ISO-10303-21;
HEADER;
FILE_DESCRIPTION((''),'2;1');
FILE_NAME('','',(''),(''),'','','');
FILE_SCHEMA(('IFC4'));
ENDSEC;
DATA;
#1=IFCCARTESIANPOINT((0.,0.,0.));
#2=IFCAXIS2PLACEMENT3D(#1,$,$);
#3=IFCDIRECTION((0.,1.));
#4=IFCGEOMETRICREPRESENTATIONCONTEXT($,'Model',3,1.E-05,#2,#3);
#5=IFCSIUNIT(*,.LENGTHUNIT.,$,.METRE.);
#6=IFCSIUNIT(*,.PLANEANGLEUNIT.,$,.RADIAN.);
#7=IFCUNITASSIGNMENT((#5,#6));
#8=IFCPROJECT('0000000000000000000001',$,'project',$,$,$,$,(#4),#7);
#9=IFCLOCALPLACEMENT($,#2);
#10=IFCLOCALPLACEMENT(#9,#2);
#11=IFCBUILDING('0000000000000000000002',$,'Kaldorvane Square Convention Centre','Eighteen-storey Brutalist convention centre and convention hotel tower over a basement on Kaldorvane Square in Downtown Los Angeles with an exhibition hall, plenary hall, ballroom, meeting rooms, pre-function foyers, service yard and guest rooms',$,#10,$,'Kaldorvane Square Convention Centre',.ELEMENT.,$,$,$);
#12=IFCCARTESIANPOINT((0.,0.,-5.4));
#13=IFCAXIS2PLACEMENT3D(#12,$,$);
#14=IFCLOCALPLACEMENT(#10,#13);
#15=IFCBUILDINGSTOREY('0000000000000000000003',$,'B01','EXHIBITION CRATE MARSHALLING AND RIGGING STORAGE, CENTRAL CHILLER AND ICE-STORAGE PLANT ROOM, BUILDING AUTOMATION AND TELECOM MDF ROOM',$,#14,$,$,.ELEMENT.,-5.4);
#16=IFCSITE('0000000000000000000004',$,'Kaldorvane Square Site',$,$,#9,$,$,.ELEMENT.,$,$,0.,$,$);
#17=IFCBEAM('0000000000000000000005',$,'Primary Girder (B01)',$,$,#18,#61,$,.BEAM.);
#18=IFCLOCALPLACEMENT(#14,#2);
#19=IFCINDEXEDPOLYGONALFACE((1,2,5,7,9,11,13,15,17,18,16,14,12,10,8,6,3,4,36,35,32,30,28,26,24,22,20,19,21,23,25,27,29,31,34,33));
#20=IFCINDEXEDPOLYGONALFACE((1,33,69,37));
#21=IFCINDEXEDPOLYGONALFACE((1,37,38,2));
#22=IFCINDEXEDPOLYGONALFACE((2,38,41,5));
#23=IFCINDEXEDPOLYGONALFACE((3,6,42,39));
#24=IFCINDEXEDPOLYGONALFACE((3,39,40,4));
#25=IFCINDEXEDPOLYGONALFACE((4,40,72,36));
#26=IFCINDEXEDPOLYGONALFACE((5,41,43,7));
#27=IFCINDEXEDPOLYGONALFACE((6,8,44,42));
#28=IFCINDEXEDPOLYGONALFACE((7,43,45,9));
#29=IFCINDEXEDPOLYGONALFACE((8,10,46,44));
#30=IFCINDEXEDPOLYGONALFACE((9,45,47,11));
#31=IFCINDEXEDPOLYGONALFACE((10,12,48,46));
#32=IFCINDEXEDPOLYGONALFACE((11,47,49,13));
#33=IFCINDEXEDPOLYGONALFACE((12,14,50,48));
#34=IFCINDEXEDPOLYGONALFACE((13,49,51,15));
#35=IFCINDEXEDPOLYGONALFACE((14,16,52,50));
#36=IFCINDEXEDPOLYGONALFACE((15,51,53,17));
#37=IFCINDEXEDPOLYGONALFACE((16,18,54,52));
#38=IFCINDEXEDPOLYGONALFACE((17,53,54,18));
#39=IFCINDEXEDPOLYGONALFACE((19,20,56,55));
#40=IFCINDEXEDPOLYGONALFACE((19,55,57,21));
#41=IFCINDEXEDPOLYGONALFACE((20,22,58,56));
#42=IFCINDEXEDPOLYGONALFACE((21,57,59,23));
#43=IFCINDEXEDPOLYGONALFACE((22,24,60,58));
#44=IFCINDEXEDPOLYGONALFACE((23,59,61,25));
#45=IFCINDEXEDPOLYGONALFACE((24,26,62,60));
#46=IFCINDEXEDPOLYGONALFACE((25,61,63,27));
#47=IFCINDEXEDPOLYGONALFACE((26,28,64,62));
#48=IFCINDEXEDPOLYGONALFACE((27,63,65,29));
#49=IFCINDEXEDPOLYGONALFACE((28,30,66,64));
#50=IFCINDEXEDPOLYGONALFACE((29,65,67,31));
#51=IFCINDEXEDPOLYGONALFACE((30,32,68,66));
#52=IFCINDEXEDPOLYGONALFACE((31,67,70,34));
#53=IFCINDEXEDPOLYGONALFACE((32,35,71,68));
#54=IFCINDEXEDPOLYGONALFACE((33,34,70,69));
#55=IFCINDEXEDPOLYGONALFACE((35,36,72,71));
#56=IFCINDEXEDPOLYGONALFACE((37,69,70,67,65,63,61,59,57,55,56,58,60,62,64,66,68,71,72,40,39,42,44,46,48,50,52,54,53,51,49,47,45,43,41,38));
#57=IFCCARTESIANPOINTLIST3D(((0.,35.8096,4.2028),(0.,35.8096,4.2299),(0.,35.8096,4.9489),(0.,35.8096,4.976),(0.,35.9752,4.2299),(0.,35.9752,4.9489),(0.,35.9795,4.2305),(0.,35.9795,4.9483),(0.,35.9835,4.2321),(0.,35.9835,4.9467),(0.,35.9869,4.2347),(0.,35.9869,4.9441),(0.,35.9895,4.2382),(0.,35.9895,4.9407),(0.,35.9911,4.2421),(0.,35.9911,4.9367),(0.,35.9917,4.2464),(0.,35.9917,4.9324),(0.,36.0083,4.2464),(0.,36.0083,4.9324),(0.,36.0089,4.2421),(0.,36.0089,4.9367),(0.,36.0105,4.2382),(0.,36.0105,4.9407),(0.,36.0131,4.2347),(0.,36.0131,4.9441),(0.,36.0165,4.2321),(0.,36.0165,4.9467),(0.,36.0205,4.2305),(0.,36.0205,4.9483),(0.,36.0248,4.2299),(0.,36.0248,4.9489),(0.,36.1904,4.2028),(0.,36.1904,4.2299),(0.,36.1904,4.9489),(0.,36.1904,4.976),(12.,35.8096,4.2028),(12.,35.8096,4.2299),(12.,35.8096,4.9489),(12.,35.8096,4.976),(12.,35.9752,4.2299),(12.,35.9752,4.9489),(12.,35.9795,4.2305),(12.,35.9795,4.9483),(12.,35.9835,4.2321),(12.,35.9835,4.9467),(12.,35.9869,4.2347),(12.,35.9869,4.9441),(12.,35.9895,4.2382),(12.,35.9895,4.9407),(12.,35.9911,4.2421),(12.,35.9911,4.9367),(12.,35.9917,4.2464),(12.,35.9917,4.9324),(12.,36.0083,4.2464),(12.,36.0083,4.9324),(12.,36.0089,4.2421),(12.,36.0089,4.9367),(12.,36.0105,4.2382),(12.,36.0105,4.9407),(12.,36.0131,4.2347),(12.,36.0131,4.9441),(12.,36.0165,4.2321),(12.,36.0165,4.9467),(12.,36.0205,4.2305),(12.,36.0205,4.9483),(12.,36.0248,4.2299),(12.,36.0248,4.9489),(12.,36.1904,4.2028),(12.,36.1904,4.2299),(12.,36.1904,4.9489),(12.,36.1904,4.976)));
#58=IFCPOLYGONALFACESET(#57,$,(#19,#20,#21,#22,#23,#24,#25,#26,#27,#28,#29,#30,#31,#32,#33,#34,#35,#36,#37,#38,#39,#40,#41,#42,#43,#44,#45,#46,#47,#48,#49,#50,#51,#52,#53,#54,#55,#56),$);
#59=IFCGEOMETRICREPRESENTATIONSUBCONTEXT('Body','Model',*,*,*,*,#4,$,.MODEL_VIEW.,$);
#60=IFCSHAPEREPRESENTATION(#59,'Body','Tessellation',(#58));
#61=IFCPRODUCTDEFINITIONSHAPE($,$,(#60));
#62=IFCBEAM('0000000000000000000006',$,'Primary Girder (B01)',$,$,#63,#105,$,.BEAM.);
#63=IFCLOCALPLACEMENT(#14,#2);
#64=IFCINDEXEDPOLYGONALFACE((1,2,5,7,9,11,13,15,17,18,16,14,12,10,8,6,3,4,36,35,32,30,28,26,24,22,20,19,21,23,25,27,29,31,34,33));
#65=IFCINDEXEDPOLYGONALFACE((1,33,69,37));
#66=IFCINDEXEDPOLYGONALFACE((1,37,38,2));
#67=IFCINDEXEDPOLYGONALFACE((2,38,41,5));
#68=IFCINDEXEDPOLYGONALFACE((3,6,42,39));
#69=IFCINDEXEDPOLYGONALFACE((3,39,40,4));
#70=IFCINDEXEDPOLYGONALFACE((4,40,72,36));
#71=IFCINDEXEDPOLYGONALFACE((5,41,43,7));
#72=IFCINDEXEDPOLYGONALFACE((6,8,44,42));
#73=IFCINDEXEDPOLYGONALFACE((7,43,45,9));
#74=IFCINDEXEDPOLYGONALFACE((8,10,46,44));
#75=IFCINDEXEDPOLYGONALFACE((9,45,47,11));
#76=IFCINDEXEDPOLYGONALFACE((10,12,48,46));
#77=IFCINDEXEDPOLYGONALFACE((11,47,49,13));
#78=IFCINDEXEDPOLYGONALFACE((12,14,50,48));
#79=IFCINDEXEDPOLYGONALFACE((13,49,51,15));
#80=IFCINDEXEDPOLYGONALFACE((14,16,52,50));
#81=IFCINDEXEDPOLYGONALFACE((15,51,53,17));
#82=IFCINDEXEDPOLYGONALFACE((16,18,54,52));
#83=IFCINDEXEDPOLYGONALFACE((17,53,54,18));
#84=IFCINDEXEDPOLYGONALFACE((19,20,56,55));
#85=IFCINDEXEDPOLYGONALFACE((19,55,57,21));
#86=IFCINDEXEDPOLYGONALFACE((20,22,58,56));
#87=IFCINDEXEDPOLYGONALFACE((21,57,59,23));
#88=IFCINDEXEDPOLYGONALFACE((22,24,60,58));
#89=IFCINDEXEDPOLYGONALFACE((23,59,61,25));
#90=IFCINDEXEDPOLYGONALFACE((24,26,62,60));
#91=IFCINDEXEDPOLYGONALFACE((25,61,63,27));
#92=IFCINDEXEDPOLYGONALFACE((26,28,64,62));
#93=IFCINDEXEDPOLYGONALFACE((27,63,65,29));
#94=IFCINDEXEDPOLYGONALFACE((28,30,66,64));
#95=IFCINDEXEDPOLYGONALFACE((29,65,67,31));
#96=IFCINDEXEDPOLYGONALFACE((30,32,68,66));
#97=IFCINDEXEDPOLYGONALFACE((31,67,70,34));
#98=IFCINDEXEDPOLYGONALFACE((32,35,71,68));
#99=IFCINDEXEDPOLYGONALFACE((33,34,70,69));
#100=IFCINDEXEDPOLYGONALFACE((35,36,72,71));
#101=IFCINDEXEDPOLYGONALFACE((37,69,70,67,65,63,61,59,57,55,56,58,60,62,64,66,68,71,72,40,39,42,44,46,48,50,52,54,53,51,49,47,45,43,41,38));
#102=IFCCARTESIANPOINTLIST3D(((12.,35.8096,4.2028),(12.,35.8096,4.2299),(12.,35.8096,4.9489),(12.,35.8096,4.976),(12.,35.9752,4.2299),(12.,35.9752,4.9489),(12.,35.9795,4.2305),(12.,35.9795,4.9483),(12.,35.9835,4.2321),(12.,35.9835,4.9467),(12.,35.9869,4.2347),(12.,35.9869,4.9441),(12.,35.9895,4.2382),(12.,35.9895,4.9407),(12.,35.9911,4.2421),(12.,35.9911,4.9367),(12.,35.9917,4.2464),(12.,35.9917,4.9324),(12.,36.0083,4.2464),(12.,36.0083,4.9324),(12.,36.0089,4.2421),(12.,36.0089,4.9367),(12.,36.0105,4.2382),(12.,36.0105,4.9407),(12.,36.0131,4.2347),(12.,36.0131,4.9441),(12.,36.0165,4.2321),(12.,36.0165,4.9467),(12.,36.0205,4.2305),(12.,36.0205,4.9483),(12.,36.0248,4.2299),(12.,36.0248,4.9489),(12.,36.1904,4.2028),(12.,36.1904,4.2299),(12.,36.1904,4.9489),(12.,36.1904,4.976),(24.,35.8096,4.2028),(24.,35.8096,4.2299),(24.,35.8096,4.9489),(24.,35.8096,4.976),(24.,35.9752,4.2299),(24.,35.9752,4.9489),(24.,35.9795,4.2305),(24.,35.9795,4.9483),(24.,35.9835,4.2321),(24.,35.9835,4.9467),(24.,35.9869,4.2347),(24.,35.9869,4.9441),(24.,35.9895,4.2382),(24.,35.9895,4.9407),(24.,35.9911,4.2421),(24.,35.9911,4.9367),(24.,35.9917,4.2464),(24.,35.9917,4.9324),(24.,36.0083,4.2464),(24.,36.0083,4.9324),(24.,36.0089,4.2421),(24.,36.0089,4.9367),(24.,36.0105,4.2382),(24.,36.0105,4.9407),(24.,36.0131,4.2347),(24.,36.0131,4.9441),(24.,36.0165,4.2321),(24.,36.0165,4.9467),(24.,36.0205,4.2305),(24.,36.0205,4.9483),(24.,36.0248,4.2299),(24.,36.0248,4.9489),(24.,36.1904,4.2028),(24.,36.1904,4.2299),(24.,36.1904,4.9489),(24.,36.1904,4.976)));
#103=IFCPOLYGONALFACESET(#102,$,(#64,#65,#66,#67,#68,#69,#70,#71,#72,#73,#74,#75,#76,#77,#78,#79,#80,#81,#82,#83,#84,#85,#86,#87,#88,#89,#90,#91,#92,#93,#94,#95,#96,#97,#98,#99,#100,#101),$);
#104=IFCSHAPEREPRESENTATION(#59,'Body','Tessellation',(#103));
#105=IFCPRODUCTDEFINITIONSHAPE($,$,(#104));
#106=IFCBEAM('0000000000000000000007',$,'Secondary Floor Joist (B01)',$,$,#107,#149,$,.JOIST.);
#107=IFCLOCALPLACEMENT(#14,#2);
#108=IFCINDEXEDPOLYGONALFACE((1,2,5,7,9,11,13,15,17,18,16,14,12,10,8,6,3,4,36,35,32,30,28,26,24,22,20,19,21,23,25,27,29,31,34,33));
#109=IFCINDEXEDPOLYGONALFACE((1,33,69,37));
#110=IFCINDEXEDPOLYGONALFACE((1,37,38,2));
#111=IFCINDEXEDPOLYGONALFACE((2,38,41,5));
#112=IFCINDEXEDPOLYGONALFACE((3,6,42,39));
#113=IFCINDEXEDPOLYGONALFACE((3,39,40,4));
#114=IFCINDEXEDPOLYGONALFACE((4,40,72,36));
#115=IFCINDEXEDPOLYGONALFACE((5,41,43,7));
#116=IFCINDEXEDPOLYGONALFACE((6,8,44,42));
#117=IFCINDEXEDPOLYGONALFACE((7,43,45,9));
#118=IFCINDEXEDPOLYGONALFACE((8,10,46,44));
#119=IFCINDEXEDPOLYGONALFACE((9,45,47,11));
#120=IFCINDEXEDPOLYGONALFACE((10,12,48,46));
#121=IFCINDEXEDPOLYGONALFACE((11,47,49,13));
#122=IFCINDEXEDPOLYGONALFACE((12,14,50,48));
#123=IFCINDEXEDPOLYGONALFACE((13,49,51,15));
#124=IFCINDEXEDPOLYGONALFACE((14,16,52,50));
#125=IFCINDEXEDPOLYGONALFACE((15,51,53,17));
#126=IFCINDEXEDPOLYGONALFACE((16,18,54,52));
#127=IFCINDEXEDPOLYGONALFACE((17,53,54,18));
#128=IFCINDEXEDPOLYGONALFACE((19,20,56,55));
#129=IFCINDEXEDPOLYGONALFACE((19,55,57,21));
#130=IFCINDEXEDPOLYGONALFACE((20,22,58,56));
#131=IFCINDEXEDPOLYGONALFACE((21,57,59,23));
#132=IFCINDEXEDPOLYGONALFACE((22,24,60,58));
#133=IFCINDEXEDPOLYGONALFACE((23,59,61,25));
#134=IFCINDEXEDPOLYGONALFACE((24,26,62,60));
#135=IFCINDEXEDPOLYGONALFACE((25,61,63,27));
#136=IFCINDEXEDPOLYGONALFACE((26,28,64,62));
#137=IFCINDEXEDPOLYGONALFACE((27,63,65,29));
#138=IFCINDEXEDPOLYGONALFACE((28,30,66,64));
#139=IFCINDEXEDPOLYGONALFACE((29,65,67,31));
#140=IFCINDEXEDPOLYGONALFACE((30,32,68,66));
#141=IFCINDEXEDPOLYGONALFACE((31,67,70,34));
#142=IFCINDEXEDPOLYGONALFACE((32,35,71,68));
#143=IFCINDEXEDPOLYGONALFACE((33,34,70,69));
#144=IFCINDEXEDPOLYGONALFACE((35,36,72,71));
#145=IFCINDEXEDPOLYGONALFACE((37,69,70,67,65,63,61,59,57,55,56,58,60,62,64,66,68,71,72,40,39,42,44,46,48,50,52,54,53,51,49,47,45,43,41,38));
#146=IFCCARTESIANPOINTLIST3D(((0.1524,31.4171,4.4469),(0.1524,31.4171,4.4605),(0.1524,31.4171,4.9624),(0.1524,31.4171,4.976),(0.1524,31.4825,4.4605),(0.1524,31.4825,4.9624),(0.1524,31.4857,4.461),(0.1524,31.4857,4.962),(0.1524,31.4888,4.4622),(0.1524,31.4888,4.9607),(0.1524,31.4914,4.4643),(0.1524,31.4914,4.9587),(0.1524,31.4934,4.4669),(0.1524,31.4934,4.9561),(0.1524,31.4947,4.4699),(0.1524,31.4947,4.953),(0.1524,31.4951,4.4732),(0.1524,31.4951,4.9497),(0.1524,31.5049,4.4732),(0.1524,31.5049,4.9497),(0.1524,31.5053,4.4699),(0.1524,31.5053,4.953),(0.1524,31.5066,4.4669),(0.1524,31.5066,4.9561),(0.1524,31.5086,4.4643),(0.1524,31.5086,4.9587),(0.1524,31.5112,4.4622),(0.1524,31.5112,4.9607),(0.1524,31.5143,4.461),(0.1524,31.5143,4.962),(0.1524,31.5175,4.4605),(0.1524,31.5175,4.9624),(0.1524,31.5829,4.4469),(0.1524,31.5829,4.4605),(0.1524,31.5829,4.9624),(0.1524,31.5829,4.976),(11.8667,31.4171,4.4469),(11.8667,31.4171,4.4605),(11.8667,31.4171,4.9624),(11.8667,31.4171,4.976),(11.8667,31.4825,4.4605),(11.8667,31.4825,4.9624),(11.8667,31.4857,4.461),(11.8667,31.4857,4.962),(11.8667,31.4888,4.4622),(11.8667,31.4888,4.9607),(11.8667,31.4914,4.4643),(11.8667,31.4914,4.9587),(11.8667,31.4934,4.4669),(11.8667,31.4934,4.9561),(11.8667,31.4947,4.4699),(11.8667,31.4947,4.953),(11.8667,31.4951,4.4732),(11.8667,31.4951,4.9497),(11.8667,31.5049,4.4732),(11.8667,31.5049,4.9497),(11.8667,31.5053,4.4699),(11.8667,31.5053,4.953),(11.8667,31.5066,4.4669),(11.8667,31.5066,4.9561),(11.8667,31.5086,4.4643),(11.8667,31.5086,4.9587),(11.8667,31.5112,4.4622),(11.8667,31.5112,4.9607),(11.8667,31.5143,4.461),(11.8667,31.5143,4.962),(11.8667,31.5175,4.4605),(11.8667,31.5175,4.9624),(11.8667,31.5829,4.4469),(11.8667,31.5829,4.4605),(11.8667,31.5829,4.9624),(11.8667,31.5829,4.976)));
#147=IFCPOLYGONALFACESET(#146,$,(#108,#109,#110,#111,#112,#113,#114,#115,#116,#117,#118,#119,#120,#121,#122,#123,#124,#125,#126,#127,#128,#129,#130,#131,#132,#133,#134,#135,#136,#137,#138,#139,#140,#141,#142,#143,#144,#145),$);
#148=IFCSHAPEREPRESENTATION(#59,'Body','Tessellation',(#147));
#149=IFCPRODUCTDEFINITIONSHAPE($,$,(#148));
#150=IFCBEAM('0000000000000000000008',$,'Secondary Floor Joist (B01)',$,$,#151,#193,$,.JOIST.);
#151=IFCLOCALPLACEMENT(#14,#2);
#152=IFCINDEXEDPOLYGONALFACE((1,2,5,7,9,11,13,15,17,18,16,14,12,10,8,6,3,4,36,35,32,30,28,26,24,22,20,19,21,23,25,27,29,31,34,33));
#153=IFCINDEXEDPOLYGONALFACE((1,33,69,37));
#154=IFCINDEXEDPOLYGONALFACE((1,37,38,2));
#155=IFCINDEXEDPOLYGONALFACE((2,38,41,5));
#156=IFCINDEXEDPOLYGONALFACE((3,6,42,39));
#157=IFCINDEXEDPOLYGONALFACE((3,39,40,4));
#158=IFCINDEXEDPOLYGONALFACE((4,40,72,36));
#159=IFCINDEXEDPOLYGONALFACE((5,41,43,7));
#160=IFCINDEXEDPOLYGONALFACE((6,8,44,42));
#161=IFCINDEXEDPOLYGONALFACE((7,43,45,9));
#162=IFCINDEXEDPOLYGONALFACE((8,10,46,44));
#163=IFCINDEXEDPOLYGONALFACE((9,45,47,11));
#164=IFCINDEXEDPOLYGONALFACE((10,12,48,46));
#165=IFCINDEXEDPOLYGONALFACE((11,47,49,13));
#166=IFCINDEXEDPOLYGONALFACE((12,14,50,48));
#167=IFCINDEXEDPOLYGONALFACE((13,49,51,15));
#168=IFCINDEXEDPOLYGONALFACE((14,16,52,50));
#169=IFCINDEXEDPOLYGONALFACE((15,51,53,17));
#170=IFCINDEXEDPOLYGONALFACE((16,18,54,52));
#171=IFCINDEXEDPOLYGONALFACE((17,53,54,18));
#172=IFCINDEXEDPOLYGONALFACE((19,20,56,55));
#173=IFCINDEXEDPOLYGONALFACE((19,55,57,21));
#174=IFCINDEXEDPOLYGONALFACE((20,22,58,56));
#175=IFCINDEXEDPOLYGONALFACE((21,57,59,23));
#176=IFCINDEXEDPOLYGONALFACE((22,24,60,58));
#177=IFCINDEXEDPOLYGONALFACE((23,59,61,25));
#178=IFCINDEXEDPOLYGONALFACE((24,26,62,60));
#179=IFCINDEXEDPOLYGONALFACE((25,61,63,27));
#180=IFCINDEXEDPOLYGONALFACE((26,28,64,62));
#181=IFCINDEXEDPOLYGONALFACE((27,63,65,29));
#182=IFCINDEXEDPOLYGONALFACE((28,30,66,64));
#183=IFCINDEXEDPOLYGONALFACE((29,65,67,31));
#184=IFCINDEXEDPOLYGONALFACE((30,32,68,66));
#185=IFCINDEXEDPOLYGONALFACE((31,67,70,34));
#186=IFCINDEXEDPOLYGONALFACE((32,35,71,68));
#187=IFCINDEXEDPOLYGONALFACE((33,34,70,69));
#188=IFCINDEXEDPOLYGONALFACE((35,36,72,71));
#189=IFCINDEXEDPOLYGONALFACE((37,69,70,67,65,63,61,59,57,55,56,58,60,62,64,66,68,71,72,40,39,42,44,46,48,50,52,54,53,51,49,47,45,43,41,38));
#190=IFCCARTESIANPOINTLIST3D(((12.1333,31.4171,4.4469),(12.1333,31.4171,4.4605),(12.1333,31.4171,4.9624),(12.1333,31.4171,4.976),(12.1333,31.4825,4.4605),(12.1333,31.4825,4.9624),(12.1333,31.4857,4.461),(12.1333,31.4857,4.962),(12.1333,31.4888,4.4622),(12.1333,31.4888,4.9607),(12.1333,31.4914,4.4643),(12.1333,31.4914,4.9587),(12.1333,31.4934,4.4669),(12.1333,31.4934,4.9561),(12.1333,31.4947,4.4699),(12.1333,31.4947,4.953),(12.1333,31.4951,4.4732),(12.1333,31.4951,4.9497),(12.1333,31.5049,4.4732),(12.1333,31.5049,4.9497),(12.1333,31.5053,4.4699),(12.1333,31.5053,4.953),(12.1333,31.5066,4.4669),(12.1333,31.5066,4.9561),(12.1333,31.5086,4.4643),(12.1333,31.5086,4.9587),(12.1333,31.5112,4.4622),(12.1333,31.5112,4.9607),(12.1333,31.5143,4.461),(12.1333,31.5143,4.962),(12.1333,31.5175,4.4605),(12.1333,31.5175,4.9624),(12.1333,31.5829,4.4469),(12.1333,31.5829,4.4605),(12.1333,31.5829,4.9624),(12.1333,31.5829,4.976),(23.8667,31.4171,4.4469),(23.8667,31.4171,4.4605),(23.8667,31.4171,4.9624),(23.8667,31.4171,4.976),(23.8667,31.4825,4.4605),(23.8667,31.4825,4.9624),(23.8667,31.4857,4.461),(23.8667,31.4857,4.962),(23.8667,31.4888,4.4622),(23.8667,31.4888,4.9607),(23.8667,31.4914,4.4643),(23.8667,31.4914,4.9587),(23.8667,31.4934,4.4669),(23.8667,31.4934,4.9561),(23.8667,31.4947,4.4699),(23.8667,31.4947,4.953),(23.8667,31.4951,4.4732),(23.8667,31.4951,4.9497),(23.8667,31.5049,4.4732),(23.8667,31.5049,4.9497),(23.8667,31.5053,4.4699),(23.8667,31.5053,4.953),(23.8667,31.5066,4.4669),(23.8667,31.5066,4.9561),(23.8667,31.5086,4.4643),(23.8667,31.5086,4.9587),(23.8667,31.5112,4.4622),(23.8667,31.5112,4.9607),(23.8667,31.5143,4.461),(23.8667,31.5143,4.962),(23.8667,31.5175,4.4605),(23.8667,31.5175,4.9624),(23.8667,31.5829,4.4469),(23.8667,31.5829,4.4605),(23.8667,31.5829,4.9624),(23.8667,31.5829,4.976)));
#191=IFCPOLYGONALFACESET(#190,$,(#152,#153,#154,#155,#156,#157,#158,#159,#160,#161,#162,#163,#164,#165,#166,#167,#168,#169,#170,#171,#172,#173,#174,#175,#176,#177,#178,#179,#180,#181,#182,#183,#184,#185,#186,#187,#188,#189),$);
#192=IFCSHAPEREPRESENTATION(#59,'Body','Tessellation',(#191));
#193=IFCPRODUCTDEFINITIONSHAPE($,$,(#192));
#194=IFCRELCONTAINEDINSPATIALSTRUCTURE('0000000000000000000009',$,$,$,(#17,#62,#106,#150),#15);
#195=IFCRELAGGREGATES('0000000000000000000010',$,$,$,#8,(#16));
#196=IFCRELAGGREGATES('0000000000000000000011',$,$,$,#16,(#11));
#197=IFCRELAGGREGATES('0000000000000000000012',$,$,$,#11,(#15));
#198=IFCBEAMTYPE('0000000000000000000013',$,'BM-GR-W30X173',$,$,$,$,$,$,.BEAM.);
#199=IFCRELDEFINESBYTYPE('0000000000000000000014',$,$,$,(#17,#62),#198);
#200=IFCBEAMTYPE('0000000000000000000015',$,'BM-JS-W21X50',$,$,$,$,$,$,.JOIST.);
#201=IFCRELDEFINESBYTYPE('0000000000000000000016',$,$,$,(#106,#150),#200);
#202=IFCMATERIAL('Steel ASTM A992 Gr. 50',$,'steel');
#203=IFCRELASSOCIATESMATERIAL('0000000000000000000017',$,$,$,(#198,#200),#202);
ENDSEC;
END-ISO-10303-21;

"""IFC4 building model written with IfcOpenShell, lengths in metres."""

from ifc_helpers import new_model, si_unit, direction, frame, origin, origin_2d, place, context, subcontext, project, spatial, i_section, extrude, material, material_profile, profile_set, type_object, element, save


model = new_model("IFC4")

# Units and contexts
model_context = context("Model", 3, precision=1e-05, world=origin(), true_north=direction((0.0, 1.0)))
body_context = subcontext(model_context, "Body", "Model", "MODEL_VIEW")
ifc_project = project(units=[si_unit("LENGTHUNIT", "METRE"), si_unit("PLANEANGLEUNIT", "RADIAN")], contexts=[model_context])

# Site, building, storey
site_placement = place(None, origin())
site = spatial("IfcSite", under=ifc_project, at=site_placement, Name="Kaldorvane Square Site", CompositionType="ELEMENT", RefElevation=0.0)
building_placement = place(site_placement, origin())
building = spatial("IfcBuilding", under=site, at=building_placement, Name="Kaldorvane Square Convention Centre", Description="Eighteen-storey Brutalist convention centre and convention hotel tower over a basement on Kaldorvane Square in Downtown Los Angeles with an exhibition hall, plenary hall, ballroom, meeting rooms, pre-function foyers, service yard and guest rooms", LongName="Kaldorvane Square Convention Centre", CompositionType="ELEMENT")
storey_placement = place(building_placement, frame((0.0, 0.0, -5.4)))
storey = spatial("IfcBuildingStorey", under=building, at=storey_placement, Name="B01", Description="EXHIBITION CRATE MARSHALLING AND RIGGING STORAGE, CENTRAL CHILLER AND ICE-STORAGE PLANT ROOM, BUILDING AUTOMATION AND TELECOM MDF ROOM", CompositionType="ELEMENT", Elevation=-5.4)

# Shared definitions
ifc_material_1 = material(Name="Steel ASTM A992 Gr. 50", Category="steel")

# Beams
ifc_material_profile_1 = material_profile(ifc_material_1, i_section(OverallWidth=0.3807, OverallDepth=0.7732, WebThickness=0.0166, FlangeThickness=0.0271, FilletRadius=0.0165, at=origin_2d()), Name="W30X173")
ifc_profile_set_1 = profile_set([ifc_material_profile_1], Name="Steel ASTM A992 Gr. 50")
beam_type_1 = type_object("IfcBeamType", Name="BM-GR-W30X173", PredefinedType="BEAM", material=ifc_profile_set_1)
for number, where, z_axis, x_axis, name in (
    (1, (0.0, 36.0, 4.5894), (1.0, 0.0, 0.0), (0.0, 1.0, 0.0), "Primary Girder (B01)"),
    (2, (12.0, 36.0, 4.5894), (1.0, 0.0, 0.0), (0.0, 1.0, 0.0), "Primary Girder (B01)"),
):
    element("IfcBeam", number, at=place(storey_placement, frame(where, z_axis=z_axis, x_axis=x_axis)), inside=storey, type_object=beam_type_1, Name=name, PredefinedType="BEAM", context=body_context, shape_type="SweptSolid", body=[
        extrude(i_section(OverallWidth=0.3807, OverallDepth=0.7732, WebThickness=0.0166, FlangeThickness=0.0271, FilletRadius=0.0165, at=origin_2d()), origin(), (0.0, 0.0, 1.0), 12.0),
    ])
ifc_material_profile_2 = material_profile(ifc_material_1, i_section(OverallWidth=0.1659, OverallDepth=0.5291, WebThickness=0.0097, FlangeThickness=0.0136, FilletRadius=0.0127, at=origin_2d()), Name="W21X50")
ifc_profile_set_2 = profile_set([ifc_material_profile_2], Name="Steel ASTM A992 Gr. 50")
beam_type_2 = type_object("IfcBeamType", Name="BM-JS-W21X50", PredefinedType="JOIST", material=ifc_profile_set_2)
beam_1_placement = place(storey_placement, frame((0.1524, 31.5, 4.7115), z_axis=(1.0, 0.0, 0.0), x_axis=(0.0, 1.0, 0.0)))
element("IfcBeam", 3, at=beam_1_placement, inside=storey, type_object=beam_type_2, Name="Secondary Floor Joist (B01)", PredefinedType="JOIST", context=body_context, shape_type="SweptSolid", body=[
    extrude(i_section(OverallWidth=0.1659, OverallDepth=0.5291, WebThickness=0.0097, FlangeThickness=0.0136, FilletRadius=0.0127, at=origin_2d()), origin(), (0.0, 0.0, 1.0), 11.7143),
])
beam_2_placement = place(storey_placement, frame((12.1333, 31.5, 4.7115), z_axis=(1.0, 0.0, 0.0), x_axis=(0.0, 1.0, 0.0)))
element("IfcBeam", 4, at=beam_2_placement, inside=storey, type_object=beam_type_2, Name="Secondary Floor Joist (B01)", PredefinedType="JOIST", context=body_context, shape_type="SweptSolid", body=[
    extrude(i_section(OverallWidth=0.1659, OverallDepth=0.5291, WebThickness=0.0097, FlangeThickness=0.0136, FilletRadius=0.0127, at=origin_2d()), origin(), (0.0, 0.0, 1.0), 11.7334),
])

save(model, "model.ifc")
